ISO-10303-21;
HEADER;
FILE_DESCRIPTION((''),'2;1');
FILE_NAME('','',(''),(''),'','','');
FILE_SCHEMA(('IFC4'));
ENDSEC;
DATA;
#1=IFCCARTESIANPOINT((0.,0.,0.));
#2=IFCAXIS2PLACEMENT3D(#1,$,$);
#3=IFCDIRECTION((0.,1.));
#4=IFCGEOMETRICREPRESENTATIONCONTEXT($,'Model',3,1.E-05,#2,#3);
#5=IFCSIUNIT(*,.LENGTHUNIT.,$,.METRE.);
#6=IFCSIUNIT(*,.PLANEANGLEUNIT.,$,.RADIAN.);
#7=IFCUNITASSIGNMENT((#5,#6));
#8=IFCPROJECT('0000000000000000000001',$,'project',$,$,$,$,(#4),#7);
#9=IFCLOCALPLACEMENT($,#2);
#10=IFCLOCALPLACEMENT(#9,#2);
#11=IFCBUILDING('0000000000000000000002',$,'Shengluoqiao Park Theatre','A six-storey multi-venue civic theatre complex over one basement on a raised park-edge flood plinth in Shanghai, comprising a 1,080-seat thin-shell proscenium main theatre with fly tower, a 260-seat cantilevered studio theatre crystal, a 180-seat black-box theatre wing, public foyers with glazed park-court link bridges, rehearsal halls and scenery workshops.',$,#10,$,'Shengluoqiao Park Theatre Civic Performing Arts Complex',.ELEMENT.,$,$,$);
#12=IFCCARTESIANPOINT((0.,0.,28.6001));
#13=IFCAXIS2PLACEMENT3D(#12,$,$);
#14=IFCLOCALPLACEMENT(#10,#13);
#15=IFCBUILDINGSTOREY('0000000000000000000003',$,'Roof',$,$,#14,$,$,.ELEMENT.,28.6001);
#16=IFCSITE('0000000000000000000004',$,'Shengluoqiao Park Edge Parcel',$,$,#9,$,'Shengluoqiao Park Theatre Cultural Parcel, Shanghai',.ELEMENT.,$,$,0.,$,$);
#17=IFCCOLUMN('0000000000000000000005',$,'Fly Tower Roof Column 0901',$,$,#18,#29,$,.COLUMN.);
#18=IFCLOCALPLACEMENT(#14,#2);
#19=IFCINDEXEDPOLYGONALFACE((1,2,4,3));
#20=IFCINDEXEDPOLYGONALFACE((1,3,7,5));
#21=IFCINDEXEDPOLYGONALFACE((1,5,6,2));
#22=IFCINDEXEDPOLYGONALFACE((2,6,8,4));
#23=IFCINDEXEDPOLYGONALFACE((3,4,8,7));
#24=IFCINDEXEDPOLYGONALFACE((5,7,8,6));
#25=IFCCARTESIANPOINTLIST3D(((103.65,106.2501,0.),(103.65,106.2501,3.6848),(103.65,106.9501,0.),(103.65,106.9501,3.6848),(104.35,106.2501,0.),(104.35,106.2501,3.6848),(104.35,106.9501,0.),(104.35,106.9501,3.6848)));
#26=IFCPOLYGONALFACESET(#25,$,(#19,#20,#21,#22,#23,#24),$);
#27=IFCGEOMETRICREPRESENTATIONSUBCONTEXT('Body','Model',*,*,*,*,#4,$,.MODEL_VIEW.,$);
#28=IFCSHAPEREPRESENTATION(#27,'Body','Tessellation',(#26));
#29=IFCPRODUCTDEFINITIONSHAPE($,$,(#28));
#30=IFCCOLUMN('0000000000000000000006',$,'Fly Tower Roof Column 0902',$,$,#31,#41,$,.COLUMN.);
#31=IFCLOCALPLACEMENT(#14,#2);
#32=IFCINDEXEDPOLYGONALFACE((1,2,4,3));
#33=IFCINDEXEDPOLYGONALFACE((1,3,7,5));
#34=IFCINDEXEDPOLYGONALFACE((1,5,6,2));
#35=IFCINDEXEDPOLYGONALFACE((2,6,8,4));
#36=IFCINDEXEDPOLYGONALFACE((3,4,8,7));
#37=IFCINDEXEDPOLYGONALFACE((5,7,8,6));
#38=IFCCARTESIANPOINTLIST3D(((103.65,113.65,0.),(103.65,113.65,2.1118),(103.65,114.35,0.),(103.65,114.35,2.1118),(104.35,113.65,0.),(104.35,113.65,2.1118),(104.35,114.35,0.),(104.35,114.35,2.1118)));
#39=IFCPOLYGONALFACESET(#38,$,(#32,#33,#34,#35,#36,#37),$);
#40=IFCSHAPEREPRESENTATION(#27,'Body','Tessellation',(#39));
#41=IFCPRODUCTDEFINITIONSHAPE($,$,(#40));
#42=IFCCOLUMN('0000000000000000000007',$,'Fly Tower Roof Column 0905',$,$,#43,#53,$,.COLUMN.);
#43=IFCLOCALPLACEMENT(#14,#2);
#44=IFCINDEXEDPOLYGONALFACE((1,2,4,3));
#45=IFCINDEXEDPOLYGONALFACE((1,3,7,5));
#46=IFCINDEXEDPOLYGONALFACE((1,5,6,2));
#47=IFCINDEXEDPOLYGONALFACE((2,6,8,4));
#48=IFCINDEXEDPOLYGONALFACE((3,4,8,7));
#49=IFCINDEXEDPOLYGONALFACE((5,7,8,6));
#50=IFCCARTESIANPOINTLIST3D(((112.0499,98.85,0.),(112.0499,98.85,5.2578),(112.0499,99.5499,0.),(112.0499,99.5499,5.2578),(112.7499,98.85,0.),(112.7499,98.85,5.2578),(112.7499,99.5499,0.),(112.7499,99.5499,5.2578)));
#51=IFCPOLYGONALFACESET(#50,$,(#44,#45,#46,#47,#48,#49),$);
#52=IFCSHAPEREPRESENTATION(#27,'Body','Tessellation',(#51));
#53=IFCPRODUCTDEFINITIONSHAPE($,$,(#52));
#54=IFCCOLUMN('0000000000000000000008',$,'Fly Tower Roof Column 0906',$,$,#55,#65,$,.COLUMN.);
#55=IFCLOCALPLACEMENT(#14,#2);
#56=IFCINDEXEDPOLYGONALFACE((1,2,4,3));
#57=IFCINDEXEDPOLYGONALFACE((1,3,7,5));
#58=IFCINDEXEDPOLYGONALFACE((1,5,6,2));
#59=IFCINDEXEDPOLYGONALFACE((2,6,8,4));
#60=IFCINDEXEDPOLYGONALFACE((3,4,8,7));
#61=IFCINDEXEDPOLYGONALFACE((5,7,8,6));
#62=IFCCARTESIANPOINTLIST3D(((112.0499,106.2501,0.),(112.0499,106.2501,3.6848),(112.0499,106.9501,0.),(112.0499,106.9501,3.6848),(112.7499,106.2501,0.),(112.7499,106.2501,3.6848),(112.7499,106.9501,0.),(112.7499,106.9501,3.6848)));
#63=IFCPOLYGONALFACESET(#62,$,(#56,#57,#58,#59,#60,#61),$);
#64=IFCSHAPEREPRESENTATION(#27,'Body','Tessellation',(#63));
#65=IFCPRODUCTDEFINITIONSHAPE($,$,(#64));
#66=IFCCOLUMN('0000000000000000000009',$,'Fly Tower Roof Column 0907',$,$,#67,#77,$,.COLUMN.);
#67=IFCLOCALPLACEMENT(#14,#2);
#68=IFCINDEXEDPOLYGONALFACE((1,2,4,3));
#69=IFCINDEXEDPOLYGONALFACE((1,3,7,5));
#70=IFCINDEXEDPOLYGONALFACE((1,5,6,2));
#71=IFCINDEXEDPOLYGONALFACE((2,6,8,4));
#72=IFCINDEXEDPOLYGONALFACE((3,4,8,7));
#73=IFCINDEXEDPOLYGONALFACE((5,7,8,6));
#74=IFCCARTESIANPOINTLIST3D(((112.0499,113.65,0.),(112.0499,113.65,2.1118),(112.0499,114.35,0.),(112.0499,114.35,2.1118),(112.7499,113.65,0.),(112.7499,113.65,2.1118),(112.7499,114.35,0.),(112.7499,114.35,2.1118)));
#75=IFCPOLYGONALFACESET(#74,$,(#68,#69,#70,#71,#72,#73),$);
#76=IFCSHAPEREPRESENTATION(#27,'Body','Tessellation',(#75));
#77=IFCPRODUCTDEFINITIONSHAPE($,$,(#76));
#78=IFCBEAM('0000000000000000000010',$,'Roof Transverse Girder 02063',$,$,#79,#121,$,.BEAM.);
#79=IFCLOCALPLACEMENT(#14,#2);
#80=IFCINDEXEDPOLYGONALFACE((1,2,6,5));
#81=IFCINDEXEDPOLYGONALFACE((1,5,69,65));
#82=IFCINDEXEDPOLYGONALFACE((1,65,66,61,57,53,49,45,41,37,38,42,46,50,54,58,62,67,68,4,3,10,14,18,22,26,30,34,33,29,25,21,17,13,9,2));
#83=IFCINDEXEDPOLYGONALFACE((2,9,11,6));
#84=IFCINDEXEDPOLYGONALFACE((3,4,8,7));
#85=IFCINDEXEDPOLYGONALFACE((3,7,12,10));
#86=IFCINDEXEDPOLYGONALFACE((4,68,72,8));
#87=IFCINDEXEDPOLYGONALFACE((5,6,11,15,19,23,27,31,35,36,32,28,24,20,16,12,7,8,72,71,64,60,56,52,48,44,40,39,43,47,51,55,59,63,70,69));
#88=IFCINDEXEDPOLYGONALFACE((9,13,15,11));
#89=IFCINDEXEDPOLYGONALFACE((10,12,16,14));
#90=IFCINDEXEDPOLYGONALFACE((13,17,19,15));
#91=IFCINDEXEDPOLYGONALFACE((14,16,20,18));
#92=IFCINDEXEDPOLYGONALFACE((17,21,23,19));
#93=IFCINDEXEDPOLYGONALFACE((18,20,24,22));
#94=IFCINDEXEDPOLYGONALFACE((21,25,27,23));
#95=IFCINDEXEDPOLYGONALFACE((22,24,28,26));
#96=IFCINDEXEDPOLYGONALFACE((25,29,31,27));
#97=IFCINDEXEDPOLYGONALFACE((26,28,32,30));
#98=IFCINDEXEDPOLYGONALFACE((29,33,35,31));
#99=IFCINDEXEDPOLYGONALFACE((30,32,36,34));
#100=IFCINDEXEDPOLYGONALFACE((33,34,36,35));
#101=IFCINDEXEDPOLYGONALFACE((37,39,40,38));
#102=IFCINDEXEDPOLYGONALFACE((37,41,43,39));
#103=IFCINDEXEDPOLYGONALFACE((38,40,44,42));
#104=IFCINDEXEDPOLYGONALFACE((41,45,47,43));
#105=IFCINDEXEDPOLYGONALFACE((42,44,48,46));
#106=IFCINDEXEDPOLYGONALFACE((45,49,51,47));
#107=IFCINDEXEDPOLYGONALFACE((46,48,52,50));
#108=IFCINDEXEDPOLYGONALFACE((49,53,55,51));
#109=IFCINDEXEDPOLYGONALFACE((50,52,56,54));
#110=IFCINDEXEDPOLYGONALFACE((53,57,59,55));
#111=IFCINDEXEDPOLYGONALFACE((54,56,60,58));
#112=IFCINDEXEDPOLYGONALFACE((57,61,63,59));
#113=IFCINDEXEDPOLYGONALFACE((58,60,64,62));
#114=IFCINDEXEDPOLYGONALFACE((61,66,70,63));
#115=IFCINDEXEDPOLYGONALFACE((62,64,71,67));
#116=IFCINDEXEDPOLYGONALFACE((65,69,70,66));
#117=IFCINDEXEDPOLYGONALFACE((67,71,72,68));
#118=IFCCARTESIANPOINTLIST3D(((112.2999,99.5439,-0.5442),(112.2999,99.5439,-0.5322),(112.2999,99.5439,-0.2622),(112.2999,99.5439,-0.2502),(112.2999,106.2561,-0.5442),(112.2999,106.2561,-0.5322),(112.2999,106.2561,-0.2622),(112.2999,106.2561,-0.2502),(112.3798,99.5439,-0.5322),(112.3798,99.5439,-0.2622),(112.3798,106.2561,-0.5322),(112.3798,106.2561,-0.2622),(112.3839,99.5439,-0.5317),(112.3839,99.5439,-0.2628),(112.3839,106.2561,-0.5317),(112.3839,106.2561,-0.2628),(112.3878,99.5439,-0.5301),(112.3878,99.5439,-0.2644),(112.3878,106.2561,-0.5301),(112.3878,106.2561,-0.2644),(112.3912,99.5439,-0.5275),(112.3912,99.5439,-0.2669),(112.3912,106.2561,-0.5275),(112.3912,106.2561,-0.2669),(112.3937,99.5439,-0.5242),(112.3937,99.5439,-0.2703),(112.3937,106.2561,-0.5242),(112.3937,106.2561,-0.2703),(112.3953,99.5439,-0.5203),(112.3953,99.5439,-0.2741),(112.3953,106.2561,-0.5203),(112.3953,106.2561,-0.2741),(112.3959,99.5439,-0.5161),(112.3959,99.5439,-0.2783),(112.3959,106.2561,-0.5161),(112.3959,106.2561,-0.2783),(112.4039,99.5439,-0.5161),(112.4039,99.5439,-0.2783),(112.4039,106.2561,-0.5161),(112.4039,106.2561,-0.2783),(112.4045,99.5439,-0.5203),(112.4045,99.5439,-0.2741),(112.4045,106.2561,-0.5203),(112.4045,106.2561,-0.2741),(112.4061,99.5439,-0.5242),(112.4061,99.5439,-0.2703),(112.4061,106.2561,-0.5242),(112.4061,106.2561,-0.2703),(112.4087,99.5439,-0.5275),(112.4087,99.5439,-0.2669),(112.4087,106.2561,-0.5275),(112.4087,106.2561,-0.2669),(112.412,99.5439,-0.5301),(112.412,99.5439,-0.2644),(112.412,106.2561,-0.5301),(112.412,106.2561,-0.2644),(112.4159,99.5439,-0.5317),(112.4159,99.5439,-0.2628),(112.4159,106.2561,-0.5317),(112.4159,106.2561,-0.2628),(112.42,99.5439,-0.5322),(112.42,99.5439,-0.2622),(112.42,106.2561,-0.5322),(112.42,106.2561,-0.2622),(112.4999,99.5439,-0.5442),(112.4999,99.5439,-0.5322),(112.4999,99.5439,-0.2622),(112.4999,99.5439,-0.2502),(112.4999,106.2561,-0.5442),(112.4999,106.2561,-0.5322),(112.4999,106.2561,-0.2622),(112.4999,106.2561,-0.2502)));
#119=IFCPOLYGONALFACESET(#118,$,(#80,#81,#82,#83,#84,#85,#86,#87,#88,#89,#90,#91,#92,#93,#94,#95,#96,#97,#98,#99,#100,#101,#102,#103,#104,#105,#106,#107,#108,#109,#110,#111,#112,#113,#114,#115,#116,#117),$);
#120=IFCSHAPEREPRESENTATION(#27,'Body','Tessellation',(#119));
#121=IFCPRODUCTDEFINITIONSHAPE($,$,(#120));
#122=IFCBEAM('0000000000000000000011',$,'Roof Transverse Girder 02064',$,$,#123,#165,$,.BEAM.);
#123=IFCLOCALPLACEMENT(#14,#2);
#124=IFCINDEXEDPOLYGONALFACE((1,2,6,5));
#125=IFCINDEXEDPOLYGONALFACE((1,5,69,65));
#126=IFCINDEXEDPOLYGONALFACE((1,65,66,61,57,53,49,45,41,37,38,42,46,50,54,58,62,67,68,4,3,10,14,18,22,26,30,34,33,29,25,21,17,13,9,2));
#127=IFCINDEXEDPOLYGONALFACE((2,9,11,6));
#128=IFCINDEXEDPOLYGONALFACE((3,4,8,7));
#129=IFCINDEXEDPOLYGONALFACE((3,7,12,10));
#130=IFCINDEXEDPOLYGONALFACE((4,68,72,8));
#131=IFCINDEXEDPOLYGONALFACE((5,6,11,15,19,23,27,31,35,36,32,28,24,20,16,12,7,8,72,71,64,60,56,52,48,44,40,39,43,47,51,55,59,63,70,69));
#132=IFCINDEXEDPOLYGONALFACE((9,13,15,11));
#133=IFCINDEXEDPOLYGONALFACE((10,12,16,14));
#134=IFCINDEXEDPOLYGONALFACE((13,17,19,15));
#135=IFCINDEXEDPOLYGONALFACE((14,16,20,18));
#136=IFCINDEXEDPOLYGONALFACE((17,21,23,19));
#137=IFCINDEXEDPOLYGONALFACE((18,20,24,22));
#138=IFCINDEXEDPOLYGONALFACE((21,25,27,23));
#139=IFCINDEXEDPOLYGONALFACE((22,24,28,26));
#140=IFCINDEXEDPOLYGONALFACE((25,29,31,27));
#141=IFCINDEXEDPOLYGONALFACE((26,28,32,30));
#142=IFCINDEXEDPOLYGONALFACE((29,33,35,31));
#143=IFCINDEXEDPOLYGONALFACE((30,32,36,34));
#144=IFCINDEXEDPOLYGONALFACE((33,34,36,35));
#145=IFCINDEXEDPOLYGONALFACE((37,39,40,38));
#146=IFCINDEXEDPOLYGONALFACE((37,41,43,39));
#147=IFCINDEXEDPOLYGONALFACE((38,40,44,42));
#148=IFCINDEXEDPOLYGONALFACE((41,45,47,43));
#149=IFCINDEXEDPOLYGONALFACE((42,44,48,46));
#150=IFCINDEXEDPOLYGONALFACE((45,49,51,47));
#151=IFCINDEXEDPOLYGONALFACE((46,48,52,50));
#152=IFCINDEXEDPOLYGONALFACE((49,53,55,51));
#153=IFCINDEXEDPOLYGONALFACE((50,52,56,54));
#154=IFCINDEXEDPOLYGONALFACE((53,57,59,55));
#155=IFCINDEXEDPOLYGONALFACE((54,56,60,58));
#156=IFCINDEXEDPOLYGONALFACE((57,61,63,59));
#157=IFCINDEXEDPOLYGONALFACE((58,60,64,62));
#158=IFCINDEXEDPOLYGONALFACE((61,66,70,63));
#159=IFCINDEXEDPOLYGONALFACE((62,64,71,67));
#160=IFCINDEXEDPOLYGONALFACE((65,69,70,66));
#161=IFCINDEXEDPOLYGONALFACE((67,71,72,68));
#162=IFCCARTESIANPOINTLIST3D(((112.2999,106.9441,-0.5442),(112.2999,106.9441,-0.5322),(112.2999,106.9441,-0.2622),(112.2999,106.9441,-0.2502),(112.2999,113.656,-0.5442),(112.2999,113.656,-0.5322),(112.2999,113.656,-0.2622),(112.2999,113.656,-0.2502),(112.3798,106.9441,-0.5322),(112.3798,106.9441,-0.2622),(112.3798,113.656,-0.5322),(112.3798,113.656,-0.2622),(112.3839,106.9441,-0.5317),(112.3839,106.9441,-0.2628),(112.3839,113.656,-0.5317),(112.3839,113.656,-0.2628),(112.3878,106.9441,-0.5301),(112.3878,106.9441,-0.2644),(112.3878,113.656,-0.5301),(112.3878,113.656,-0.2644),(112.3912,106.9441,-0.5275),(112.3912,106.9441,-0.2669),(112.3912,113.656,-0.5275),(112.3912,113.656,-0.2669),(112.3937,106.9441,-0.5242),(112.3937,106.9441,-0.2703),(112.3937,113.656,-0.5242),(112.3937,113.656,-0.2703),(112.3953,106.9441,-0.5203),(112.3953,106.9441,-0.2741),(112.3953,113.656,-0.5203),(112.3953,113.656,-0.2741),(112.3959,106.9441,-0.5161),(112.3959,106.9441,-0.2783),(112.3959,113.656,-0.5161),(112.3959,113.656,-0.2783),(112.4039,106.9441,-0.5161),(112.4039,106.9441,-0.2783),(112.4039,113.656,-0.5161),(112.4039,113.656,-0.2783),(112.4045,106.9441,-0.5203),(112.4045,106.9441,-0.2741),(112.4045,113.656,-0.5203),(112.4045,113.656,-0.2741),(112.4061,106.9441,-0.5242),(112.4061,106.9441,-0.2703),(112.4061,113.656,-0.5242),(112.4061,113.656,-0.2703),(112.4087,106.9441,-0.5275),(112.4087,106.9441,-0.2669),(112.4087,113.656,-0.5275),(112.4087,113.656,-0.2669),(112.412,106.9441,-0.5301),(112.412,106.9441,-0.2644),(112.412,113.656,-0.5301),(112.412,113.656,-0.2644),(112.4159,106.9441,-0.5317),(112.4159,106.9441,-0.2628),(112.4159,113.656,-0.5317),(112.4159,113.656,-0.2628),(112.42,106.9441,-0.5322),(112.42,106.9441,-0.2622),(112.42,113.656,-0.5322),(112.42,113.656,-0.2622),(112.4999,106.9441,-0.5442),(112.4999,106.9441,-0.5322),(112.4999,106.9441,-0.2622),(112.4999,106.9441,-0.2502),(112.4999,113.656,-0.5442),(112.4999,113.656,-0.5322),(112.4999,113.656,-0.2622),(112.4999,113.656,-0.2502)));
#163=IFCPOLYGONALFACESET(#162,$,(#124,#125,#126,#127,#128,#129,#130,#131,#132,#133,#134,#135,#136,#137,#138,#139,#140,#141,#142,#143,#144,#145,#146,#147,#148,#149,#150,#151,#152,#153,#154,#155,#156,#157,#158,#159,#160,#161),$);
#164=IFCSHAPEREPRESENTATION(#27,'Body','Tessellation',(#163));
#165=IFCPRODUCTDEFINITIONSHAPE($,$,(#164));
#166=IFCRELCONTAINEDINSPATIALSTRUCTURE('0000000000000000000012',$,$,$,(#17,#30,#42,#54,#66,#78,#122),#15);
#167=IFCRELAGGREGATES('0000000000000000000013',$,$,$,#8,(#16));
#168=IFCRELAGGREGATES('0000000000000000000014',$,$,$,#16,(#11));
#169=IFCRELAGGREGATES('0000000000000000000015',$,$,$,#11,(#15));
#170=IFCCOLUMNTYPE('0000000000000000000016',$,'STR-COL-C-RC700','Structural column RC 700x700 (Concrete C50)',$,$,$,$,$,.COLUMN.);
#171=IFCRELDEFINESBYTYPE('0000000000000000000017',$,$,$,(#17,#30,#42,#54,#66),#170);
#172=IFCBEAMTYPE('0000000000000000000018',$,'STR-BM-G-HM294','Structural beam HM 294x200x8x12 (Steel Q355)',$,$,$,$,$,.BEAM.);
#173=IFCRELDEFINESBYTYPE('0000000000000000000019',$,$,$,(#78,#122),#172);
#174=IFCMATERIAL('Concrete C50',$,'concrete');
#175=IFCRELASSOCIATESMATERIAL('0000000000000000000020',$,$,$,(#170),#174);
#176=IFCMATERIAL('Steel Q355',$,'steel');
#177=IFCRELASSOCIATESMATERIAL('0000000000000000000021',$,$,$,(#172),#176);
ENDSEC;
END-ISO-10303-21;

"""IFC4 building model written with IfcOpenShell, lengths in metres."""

from ifc_helpers import new_model, si_unit, direction, frame, origin, origin_2d, place, context, subcontext, project, spatial, rectangle, i_section, extrude, material, material_profile, profile_set, type_object, element, save


model = new_model("IFC4")

# Units and contexts
model_context = context("Model", 3, precision=1e-05, world=origin(), true_north=direction((0.0, 1.0)))
body_context = subcontext(model_context, "Body", "Model", "MODEL_VIEW")
ifc_project = project(units=[si_unit("LENGTHUNIT", "METRE"), si_unit("PLANEANGLEUNIT", "RADIAN")], contexts=[model_context])

# Site, building, storey
site_placement = place(None, origin())
site = spatial("IfcSite", under=ifc_project, at=site_placement, Name="Shengluoqiao Park Edge Parcel", LongName="Shengluoqiao Park Theatre Cultural Parcel, Shanghai", CompositionType="ELEMENT", RefElevation=0.0)
building_placement = place(site_placement, origin())
building = spatial("IfcBuilding", under=site, at=building_placement, Name="Shengluoqiao Park Theatre", Description="A six-storey multi-venue civic theatre complex over one basement on a raised park-edge flood plinth in Shanghai, comprising a 1,080-seat thin-shell proscenium main theatre with fly tower, a 260-seat cantilevered studio theatre crystal, a 180-seat black-box theatre wing, public foyers with glazed park-court link bridges, rehearsal halls and scenery workshops.", LongName="Shengluoqiao Park Theatre Civic Performing Arts Complex", CompositionType="ELEMENT")
storey_placement = place(building_placement, frame((0.0, 0.0, 28.6001)))
storey = spatial("IfcBuildingStorey", under=building, at=storey_placement, Name="Roof", CompositionType="ELEMENT", Elevation=28.6001)

# Columns
ifc_material_1 = material(Name="Concrete C50", Category="concrete")
ifc_material_profile_1 = material_profile(ifc_material_1, rectangle(XDim=0.7, YDim=0.7, at=origin_2d()), Name="RC 700x700")
ifc_profile_set_1 = profile_set([ifc_material_profile_1], Name="Concrete C50")
column_type = type_object("IfcColumnType", Name="STR-COL-C-RC700", Description="Structural column RC 700x700 (Concrete C50)", PredefinedType="COLUMN", material=ifc_profile_set_1)
column_1_placement = place(storey_placement, frame((104.0, 106.6001, 0.0), z_axis=(0.0, 0.0, 1.0), x_axis=(1.0, 0.0, 0.0)))
element("IfcColumn", 1, at=column_1_placement, inside=storey, type_object=column_type, Name="Fly Tower Roof Column 0901", PredefinedType="COLUMN", context=body_context, shape_type="SweptSolid", body=[
    extrude(rectangle(XDim=0.7, YDim=0.7, at=origin_2d()), origin(), (0.0, 0.0, 1.0), 3.6848),
])
column_2_placement = place(storey_placement, frame((104.0, 114.0, 0.0), z_axis=(0.0, 0.0, 1.0), x_axis=(1.0, 0.0, 0.0)))
element("IfcColumn", 2, at=column_2_placement, inside=storey, type_object=column_type, Name="Fly Tower Roof Column 0902", PredefinedType="COLUMN", context=body_context, shape_type="SweptSolid", body=[
    extrude(rectangle(XDim=0.7, YDim=0.7, at=origin_2d()), origin(), (0.0, 0.0, 1.0), 2.1118),
])
column_3_placement = place(storey_placement, frame((112.3999, 99.2, 0.0), z_axis=(0.0, 0.0, 1.0), x_axis=(1.0, 0.0, 0.0)))
element("IfcColumn", 3, at=column_3_placement, inside=storey, type_object=column_type, Name="Fly Tower Roof Column 0905", PredefinedType="COLUMN", context=body_context, shape_type="SweptSolid", body=[
    extrude(rectangle(XDim=0.7, YDim=0.7, at=origin_2d()), origin(), (0.0, 0.0, 1.0), 5.2578),
])
column_4_placement = place(storey_placement, frame((112.3999, 106.6001, 0.0), z_axis=(0.0, 0.0, 1.0), x_axis=(1.0, 0.0, 0.0)))
element("IfcColumn", 4, at=column_4_placement, inside=storey, type_object=column_type, Name="Fly Tower Roof Column 0906", PredefinedType="COLUMN", context=body_context, shape_type="SweptSolid", body=[
    extrude(rectangle(XDim=0.7, YDim=0.7, at=origin_2d()), origin(), (0.0, 0.0, 1.0), 3.6848),
])
column_5_placement = place(storey_placement, frame((112.3999, 114.0, 0.0), z_axis=(0.0, 0.0, 1.0), x_axis=(1.0, 0.0, 0.0)))
element("IfcColumn", 5, at=column_5_placement, inside=storey, type_object=column_type, Name="Fly Tower Roof Column 0907", PredefinedType="COLUMN", context=body_context, shape_type="SweptSolid", body=[
    extrude(rectangle(XDim=0.7, YDim=0.7, at=origin_2d()), origin(), (0.0, 0.0, 1.0), 2.1118),
])

# Beams
ifc_material_2 = material(Name="Steel Q355", Category="steel")
ifc_material_profile_2 = material_profile(ifc_material_2, i_section(OverallWidth=0.2, OverallDepth=0.2939, WebThickness=0.0081, FlangeThickness=0.012, FilletRadius=0.0161, at=origin_2d()), Name="HM 294x200x8x12")
ifc_profile_set_2 = profile_set([ifc_material_profile_2], Name="Steel Q355")
beam_type_1 = type_object("IfcBeamType", Name="STR-BM-G-HM294", Description="Structural beam HM 294x200x8x12 (Steel Q355)", PredefinedType="BEAM", material=ifc_profile_set_2)
beam_1_placement = place(storey_placement, frame((112.3999, 99.5439, -0.3972), z_axis=(0.0, 1.0, 0.0), x_axis=(-1.0, 0.0, 0.0)))
element("IfcBeam", 6, at=beam_1_placement, inside=storey, type_object=beam_type_1, Name="Roof Transverse Girder 02063", PredefinedType="BEAM", context=body_context, shape_type="SweptSolid", body=[
    extrude(i_section(OverallWidth=0.2, OverallDepth=0.2939, WebThickness=0.0081, FlangeThickness=0.012, FilletRadius=0.0161, at=origin_2d()), origin(), (0.0, 0.0, 1.0), 6.7122),
])
beam_2_placement = place(storey_placement, frame((112.3999, 106.9441, -0.3972), z_axis=(0.0, 1.0, 0.0), x_axis=(-1.0, 0.0, 0.0)))
element("IfcBeam", 7, at=beam_2_placement, inside=storey, type_object=beam_type_1, Name="Roof Transverse Girder 02064", PredefinedType="BEAM", context=body_context, shape_type="SweptSolid", body=[
    extrude(i_section(OverallWidth=0.2, OverallDepth=0.2939, WebThickness=0.0081, FlangeThickness=0.012, FilletRadius=0.0161, at=origin_2d()), origin(), (0.0, 0.0, 1.0), 6.7119),
])

save(model, "model.ifc")
